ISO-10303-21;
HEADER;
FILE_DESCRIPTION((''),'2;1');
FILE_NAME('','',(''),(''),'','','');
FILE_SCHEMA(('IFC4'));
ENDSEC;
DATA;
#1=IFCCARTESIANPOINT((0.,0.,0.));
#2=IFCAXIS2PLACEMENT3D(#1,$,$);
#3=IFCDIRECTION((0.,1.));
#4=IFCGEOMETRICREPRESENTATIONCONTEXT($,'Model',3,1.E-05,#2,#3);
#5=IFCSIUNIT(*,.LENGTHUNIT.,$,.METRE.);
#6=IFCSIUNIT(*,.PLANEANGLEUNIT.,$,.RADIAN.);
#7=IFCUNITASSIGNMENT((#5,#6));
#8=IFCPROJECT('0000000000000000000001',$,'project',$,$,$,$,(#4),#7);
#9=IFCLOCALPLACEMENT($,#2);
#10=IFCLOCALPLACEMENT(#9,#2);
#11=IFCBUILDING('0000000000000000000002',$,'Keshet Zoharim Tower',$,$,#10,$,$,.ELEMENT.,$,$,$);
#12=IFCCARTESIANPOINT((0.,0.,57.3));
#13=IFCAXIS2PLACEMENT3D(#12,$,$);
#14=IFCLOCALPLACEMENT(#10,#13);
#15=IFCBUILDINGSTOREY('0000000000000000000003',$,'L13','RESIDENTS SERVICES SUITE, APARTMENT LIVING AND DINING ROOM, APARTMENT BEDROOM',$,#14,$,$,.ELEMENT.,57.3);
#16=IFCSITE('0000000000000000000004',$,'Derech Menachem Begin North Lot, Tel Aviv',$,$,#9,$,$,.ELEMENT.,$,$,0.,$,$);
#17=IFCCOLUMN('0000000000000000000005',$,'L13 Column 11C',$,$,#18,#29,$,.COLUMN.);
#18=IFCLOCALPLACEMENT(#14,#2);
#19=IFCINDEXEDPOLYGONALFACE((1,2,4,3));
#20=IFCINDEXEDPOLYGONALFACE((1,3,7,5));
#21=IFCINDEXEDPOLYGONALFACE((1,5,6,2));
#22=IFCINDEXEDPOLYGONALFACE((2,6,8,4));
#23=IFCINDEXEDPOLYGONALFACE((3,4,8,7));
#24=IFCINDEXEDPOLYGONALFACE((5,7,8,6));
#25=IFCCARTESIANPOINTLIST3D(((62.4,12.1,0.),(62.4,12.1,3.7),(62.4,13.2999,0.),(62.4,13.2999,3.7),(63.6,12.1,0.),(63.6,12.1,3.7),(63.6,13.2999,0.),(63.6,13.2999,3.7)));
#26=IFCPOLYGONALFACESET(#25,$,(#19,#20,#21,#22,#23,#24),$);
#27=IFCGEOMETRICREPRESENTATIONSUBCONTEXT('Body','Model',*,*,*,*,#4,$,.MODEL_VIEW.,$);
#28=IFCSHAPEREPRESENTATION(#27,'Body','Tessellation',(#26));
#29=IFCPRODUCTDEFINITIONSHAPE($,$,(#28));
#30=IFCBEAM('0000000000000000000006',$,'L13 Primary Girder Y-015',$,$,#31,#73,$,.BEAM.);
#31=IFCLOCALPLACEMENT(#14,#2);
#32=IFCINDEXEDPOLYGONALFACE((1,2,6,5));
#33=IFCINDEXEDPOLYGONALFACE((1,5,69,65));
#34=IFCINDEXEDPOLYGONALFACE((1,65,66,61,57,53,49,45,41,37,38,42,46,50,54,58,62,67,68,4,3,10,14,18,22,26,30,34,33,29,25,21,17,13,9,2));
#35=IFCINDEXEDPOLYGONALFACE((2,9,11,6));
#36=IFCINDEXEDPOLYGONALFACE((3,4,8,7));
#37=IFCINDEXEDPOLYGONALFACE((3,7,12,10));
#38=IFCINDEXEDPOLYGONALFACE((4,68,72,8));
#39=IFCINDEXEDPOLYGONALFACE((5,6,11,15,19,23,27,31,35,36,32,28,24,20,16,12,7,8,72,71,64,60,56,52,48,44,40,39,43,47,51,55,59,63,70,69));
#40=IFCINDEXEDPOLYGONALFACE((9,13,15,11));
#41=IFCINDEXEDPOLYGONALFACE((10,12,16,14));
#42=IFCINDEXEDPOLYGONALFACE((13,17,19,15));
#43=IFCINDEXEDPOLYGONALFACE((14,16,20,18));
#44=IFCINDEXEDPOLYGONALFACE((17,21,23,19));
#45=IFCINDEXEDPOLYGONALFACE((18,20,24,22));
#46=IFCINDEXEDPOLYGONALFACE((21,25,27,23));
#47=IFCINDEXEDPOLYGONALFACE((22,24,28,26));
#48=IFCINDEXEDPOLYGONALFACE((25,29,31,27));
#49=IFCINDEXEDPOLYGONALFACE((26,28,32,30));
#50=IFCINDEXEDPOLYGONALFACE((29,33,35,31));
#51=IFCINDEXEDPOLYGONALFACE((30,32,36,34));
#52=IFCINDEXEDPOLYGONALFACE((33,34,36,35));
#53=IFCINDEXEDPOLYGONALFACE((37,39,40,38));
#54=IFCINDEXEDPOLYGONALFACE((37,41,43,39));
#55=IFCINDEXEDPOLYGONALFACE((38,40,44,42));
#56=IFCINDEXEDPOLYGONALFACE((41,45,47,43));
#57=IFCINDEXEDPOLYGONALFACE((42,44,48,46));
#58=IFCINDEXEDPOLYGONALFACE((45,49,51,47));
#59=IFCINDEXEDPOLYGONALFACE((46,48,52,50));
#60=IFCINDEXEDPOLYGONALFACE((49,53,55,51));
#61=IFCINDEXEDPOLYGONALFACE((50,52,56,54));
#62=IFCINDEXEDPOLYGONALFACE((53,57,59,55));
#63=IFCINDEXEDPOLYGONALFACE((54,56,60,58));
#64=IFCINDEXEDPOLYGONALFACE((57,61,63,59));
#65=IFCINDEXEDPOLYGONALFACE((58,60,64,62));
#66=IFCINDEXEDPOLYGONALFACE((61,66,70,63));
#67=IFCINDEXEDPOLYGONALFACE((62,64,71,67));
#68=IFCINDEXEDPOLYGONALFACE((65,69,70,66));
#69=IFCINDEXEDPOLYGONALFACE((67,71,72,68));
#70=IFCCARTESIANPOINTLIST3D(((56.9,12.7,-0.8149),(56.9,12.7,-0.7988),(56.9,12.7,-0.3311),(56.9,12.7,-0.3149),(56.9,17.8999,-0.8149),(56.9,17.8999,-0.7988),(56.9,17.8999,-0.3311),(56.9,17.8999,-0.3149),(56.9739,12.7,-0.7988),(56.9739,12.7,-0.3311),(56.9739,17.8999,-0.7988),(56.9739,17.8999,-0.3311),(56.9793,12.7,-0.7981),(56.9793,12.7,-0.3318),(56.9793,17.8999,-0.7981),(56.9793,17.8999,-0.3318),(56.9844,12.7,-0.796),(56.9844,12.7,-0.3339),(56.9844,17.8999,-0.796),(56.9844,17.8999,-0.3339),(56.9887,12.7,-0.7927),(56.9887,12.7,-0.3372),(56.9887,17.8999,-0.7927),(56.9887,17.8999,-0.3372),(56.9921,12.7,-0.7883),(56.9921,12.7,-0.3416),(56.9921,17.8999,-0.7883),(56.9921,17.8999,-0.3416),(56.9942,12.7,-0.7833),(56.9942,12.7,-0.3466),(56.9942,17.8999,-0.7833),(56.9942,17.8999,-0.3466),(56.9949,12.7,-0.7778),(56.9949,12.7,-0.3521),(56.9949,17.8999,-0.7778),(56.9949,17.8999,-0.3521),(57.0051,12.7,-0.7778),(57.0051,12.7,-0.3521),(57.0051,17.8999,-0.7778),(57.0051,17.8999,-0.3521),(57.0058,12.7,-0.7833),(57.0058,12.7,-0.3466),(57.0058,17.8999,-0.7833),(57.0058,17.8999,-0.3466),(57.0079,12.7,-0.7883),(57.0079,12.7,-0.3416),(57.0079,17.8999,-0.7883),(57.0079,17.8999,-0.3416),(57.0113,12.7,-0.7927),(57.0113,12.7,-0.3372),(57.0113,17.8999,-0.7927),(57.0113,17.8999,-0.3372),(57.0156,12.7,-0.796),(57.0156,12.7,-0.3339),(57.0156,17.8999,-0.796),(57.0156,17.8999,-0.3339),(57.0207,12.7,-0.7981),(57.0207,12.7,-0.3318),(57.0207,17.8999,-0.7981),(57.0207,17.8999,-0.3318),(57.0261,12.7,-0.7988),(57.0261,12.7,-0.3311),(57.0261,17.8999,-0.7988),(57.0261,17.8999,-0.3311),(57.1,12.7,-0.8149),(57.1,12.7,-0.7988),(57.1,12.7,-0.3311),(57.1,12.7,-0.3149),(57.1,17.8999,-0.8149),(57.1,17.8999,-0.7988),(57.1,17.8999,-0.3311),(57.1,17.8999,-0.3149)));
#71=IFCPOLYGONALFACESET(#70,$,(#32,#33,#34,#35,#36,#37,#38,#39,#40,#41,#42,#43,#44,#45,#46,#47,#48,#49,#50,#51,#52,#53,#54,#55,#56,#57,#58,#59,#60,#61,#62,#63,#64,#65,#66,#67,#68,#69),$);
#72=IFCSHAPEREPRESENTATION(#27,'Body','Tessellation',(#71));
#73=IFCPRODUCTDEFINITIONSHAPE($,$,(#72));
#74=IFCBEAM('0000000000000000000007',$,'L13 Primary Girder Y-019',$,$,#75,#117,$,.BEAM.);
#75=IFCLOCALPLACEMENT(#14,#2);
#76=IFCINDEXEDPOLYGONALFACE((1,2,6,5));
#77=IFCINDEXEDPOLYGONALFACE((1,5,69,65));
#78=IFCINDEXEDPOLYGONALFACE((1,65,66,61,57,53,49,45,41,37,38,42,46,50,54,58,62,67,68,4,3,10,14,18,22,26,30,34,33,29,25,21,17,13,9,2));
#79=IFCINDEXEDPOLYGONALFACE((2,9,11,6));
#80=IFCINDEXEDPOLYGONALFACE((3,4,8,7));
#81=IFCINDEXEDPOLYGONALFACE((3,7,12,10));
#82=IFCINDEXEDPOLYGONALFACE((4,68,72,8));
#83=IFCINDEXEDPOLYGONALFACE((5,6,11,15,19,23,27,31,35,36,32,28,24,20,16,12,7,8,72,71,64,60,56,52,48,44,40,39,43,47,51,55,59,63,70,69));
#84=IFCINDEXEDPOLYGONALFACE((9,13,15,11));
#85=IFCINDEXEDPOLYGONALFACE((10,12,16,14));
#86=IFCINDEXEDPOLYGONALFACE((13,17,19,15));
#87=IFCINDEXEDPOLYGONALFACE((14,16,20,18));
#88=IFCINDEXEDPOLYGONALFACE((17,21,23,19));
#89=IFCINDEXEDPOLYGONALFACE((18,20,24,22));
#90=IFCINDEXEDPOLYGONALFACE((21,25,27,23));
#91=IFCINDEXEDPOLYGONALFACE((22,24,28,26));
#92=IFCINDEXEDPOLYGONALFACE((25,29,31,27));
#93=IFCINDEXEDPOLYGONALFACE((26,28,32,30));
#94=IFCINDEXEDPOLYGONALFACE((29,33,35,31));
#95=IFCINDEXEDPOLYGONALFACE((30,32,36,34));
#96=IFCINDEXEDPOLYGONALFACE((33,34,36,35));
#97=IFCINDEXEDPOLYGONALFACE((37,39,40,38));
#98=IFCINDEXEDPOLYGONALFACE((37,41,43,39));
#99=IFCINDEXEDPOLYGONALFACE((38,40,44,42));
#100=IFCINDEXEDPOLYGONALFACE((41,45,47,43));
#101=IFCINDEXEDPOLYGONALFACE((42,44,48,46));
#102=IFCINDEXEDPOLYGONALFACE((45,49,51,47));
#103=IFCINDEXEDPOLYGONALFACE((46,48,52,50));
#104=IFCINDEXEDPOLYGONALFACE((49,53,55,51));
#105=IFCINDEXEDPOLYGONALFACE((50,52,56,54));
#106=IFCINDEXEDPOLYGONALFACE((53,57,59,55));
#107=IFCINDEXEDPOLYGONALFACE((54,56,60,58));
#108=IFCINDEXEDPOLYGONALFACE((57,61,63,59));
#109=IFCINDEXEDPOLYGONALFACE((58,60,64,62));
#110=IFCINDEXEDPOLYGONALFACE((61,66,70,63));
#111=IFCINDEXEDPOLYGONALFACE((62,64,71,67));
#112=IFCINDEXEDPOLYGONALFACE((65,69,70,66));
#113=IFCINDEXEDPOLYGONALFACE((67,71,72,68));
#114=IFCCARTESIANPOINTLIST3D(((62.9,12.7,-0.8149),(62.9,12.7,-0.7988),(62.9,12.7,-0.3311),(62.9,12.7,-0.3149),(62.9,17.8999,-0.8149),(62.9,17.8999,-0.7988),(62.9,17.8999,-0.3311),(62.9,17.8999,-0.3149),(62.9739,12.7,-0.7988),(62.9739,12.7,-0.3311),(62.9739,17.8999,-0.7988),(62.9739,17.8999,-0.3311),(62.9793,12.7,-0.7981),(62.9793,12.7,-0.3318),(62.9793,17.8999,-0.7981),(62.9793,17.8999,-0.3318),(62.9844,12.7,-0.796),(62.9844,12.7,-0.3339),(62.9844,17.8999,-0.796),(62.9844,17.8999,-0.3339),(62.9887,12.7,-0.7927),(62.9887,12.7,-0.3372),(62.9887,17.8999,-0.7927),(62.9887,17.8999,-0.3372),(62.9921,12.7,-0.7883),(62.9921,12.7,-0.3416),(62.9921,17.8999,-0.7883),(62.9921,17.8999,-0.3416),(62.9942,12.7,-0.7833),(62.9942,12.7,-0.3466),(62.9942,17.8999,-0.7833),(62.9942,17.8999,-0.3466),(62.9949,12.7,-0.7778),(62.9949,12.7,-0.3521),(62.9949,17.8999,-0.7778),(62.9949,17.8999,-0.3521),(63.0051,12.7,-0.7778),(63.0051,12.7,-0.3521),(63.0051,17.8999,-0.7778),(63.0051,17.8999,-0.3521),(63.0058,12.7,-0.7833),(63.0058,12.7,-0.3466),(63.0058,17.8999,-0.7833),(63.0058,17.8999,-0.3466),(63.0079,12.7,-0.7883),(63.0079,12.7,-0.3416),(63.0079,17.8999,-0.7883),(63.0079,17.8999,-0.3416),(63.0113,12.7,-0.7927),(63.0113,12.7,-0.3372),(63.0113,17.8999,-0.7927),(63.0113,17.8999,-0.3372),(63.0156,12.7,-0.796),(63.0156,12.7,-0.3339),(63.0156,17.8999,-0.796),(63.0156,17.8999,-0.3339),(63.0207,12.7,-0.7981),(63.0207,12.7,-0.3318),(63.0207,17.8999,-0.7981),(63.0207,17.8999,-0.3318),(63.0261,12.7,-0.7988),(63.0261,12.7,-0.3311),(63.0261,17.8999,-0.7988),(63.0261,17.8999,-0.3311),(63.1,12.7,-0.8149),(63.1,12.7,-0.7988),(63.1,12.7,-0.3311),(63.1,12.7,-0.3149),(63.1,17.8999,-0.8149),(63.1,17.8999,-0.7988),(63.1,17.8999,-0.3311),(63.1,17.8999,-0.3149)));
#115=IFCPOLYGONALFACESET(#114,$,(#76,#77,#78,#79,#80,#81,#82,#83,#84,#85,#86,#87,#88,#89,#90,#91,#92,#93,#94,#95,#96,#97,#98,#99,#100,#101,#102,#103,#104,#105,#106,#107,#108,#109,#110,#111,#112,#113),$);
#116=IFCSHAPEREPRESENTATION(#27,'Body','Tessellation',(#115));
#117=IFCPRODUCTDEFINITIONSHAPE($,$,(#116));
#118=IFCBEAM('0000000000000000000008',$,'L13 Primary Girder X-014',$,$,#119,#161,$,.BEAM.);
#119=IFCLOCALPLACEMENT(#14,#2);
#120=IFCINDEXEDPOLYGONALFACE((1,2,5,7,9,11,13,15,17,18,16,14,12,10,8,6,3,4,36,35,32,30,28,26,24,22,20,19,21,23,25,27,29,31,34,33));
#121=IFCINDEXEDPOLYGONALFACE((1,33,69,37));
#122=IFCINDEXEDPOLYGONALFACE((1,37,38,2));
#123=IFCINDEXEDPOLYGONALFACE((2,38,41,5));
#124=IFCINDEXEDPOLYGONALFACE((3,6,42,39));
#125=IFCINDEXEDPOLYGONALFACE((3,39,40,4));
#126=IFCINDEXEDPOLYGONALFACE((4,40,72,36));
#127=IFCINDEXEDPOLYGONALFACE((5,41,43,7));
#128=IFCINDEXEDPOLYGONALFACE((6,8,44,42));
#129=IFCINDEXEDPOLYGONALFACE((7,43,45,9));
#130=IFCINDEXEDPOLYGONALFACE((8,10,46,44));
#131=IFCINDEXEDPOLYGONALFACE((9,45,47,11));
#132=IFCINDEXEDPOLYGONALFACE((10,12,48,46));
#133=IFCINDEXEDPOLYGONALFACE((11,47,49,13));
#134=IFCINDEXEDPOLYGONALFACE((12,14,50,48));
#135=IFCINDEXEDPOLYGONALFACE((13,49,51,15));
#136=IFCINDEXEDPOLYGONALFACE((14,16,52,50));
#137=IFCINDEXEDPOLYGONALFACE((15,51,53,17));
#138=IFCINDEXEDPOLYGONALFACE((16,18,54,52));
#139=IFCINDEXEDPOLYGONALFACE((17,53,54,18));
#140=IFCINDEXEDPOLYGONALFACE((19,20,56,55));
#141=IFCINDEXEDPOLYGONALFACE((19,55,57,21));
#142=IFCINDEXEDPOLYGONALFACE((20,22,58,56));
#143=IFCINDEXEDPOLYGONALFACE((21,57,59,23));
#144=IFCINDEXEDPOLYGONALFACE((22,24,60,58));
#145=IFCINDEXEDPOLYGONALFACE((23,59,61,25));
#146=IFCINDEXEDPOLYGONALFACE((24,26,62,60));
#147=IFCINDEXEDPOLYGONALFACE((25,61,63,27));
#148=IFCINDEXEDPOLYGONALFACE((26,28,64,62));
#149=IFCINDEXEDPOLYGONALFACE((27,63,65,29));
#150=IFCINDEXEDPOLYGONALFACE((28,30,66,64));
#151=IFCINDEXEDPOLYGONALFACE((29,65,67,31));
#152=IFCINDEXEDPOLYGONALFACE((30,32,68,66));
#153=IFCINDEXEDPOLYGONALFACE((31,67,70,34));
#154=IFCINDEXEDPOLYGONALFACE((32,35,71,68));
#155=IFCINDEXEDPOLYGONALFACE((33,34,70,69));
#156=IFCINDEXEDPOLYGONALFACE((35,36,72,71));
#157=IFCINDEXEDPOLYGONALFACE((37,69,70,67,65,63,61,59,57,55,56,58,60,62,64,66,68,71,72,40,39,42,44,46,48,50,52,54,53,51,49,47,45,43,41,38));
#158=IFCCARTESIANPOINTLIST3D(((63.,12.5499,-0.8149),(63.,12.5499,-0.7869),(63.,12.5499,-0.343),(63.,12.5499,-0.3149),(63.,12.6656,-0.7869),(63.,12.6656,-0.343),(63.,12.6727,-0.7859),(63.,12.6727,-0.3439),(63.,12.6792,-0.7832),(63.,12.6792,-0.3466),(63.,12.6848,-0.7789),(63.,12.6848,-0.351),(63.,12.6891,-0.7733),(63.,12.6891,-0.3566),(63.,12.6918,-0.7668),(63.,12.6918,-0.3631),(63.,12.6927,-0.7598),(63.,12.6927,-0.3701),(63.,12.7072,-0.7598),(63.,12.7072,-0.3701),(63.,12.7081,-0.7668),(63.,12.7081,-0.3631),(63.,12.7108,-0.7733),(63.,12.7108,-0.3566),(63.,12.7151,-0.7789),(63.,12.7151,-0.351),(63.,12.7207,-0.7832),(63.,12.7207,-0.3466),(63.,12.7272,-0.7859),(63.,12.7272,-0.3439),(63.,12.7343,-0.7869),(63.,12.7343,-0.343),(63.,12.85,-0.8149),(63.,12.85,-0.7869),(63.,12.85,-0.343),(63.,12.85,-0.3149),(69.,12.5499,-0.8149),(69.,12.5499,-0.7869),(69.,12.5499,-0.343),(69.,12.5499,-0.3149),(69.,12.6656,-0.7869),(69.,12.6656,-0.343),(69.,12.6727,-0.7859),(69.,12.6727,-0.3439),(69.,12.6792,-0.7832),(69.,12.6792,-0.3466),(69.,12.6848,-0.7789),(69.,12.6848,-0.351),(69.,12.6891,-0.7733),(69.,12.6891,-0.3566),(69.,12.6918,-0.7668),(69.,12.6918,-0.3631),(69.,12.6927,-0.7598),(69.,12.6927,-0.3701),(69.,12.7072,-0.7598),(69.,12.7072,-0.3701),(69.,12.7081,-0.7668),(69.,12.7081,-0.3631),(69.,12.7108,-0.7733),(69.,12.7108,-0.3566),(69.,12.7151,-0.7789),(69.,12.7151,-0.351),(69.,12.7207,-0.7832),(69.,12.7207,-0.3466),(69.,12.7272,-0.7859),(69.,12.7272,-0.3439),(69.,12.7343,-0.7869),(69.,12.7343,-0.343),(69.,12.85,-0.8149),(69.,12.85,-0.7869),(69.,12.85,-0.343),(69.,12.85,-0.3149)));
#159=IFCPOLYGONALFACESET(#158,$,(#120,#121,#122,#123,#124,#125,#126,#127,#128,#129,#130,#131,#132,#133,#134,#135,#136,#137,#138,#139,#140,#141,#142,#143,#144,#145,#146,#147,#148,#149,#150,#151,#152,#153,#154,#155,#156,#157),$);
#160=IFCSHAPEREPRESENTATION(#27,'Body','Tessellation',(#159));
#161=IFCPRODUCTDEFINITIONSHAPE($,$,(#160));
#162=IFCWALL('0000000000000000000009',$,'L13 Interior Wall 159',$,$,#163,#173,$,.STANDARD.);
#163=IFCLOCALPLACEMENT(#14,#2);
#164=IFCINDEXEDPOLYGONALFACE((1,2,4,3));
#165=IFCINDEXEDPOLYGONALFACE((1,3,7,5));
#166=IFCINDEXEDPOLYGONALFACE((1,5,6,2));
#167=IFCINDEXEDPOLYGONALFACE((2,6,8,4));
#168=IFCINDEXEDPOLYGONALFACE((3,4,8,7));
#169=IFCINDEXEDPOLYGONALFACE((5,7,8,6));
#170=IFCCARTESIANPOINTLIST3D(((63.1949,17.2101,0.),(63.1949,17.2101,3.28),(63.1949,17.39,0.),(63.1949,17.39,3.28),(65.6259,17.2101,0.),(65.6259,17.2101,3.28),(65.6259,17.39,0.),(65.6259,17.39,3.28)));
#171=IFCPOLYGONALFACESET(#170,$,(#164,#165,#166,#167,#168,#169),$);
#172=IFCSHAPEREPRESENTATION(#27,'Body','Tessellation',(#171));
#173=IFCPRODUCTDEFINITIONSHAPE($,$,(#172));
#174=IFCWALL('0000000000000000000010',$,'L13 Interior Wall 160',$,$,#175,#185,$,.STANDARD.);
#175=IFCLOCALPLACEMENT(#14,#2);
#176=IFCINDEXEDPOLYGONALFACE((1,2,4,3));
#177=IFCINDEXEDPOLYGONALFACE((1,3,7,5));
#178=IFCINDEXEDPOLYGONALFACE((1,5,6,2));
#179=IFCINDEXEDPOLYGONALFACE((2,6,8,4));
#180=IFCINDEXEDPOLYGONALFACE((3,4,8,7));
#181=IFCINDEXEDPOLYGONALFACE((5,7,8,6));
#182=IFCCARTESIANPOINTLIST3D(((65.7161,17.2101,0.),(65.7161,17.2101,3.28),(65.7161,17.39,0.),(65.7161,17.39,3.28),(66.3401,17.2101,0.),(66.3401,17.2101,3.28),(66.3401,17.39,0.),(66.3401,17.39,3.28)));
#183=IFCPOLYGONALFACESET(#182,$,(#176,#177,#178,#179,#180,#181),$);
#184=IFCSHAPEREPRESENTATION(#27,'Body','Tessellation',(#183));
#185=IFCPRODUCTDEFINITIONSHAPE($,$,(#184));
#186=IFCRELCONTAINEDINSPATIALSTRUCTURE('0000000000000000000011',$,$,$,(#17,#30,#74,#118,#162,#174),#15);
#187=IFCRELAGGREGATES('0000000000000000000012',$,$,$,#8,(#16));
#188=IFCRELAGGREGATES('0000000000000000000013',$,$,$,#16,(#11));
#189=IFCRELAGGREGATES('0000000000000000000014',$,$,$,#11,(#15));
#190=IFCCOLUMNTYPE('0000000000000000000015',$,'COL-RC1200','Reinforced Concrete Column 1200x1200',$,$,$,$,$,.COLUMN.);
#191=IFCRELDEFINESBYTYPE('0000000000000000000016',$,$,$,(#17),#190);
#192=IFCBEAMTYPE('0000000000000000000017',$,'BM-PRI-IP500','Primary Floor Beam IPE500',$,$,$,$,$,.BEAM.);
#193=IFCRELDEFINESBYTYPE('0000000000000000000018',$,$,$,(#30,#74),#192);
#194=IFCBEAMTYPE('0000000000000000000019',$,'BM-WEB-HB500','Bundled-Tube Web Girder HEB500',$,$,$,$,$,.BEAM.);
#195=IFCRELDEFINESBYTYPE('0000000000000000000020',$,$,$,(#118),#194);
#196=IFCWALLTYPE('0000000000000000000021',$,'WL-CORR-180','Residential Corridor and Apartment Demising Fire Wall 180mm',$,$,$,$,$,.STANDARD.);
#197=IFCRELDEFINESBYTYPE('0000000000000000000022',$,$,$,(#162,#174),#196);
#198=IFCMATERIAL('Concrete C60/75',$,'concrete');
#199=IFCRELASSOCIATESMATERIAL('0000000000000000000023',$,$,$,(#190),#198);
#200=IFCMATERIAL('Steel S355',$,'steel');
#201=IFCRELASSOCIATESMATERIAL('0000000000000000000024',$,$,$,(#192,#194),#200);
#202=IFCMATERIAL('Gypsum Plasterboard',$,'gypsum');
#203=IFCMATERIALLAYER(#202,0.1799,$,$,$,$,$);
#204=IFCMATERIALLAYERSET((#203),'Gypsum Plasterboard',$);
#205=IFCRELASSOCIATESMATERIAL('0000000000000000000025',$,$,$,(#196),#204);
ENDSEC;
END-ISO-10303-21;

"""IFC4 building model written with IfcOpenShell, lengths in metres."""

from ifc_helpers import new_model, si_unit, direction, frame, frame_2d, origin, origin_2d, place, context, subcontext, project, spatial, rectangle, i_section, extrude, material, layer, layer_set, material_profile, profile_set, type_object, element, save


model = new_model("IFC4")

# Units and contexts
model_context = context("Model", 3, precision=1e-05, world=origin(), true_north=direction((0.0, 1.0)))
body_context = subcontext(model_context, "Body", "Model", "MODEL_VIEW")
ifc_project = project(units=[si_unit("LENGTHUNIT", "METRE"), si_unit("PLANEANGLEUNIT", "RADIAN")], contexts=[model_context])

# Site, building, storey
site_placement = place(None, origin())
site = spatial("IfcSite", under=ifc_project, at=site_placement, Name="Derech Menachem Begin North Lot, Tel Aviv", CompositionType="ELEMENT", RefElevation=0.0)
building_placement = place(site_placement, origin())
building = spatial("IfcBuilding", under=site, at=building_placement, Name="Keshet Zoharim Tower", CompositionType="ELEMENT")
storey_placement = place(building_placement, frame((0.0, 0.0, 57.3)))
storey = spatial("IfcBuildingStorey", under=building, at=storey_placement, Name="L13", Description="RESIDENTS SERVICES SUITE, APARTMENT LIVING AND DINING ROOM, APARTMENT BEDROOM", CompositionType="ELEMENT", Elevation=57.3)

# Column
ifc_material_1 = material(Name="Concrete C60/75", Category="concrete")
ifc_material_profile_1 = material_profile(ifc_material_1, rectangle(XDim=1.2, YDim=1.2, at=origin_2d()), Name="RC1200x1200")
ifc_profile_set_1 = profile_set([ifc_material_profile_1], Name="Concrete C60/75")
column_type = type_object("IfcColumnType", Name="COL-RC1200", Description="Reinforced Concrete Column 1200x1200", PredefinedType="COLUMN", material=ifc_profile_set_1)
column_placement = place(storey_placement, frame((63.0, 12.7, 0.0), z_axis=(0.0, 0.0, 1.0), x_axis=(1.0, 0.0, 0.0)))
element("IfcColumn", 1, at=column_placement, inside=storey, type_object=column_type, Name="L13 Column 11C", PredefinedType="COLUMN", context=body_context, shape_type="SweptSolid", body=[
    extrude(rectangle(XDim=1.2, YDim=1.2, at=origin_2d()), origin(), (0.0, 0.0, 1.0), 3.7),
])

# Beams
ifc_material_2 = material(Name="Steel S355", Category="steel")
ifc_material_profile_2 = material_profile(ifc_material_2, i_section(OverallWidth=0.2, OverallDepth=0.5, WebThickness=0.0103, FlangeThickness=0.0161, FilletRadius=0.021, at=origin_2d()), Name="IPE500")
ifc_profile_set_2 = profile_set([ifc_material_profile_2], Name="Steel S355")
beam_type_1 = type_object("IfcBeamType", Name="BM-PRI-IP500", Description="Primary Floor Beam IPE500", PredefinedType="BEAM", material=ifc_profile_set_2)
for number, where, z_axis, x_axis, name in (
    (2, (57.0, 12.7, -0.5649), (0.0, 1.0, 0.0), (-1.0, 0.0, 0.0), "L13 Primary Girder Y-015"),
    (3, (63.0, 12.7, -0.5649), (0.0, 1.0, 0.0), (-1.0, 0.0, 0.0), "L13 Primary Girder Y-019"),
):
    element("IfcBeam", number, at=place(storey_placement, frame(where, z_axis=z_axis, x_axis=x_axis)), inside=storey, type_object=beam_type_1, Name=name, PredefinedType="BEAM", context=body_context, shape_type="SweptSolid", body=[
        extrude(i_section(OverallWidth=0.2, OverallDepth=0.5, WebThickness=0.0103, FlangeThickness=0.0161, FilletRadius=0.021, at=origin_2d()), origin(), (0.0, 0.0, 1.0), 5.2),
    ])
ifc_material_profile_3 = material_profile(ifc_material_2, i_section(OverallWidth=0.3, OverallDepth=0.5, WebThickness=0.0144, FlangeThickness=0.0281, FilletRadius=0.0271, at=origin_2d()), Name="HEB500")
ifc_profile_set_3 = profile_set([ifc_material_profile_3], Name="Steel S355")
beam_type_2 = type_object("IfcBeamType", Name="BM-WEB-HB500", Description="Bundled-Tube Web Girder HEB500", PredefinedType="BEAM", material=ifc_profile_set_3)
beam_placement = place(storey_placement, frame((63.0, 12.7, -0.5649), z_axis=(1.0, 0.0, 0.0), x_axis=(0.0, 1.0, 0.0)))
element("IfcBeam", 4, at=beam_placement, inside=storey, type_object=beam_type_2, Name="L13 Primary Girder X-014", PredefinedType="BEAM", context=body_context, shape_type="SweptSolid", body=[
    extrude(i_section(OverallWidth=0.3, OverallDepth=0.5, WebThickness=0.0144, FlangeThickness=0.0281, FilletRadius=0.0271, at=origin_2d()), origin(), (0.0, 0.0, 1.0), 6.0),
])

# Shared definitions
ifc_material_3 = material(Name="Gypsum Plasterboard", Category="gypsum")
ifc_layer_1 = layer(ifc_material_3, 0.1799)
ifc_layer_set_1 = layer_set([ifc_layer_1], Name="Gypsum Plasterboard")
wall_type_1 = type_object("IfcWallType", Name="WL-CORR-180", Description="Residential Corridor and Apartment Demising Fire Wall 180mm", PredefinedType="STANDARD", material=ifc_layer_set_1)

# Walls
wall_1_placement = place(storey_placement, frame((63.1951, 17.3, 0.0), z_axis=(0.0, 0.0, 1.0), x_axis=(1.0, 0.0, 0.0)))
element("IfcWall", 5, at=wall_1_placement, inside=storey, type_object=wall_type_1, Name="L13 Interior Wall 159", PredefinedType="STANDARD", context=body_context, shape_type="SweptSolid", body=[
    extrude(rectangle(XDim=2.4309, YDim=0.1799, at=frame_2d((1.2153, 0.0))), origin(), (0.0, 0.0, 1.0), 3.28),
])
wall_2_placement = place(storey_placement, frame((65.7161, 17.3, 0.0), z_axis=(0.0, 0.0, 1.0), x_axis=(1.0, 0.0, 0.0)))
element("IfcWall", 6, at=wall_2_placement, inside=storey, type_object=wall_type_1, Name="L13 Interior Wall 160", PredefinedType="STANDARD", context=body_context, shape_type="SweptSolid", body=[
    extrude(rectangle(XDim=0.624, YDim=0.1799, at=frame_2d((0.312, 0.0))), origin(), (0.0, 0.0, 1.0), 3.28),
])

save(model, "model.ifc")
